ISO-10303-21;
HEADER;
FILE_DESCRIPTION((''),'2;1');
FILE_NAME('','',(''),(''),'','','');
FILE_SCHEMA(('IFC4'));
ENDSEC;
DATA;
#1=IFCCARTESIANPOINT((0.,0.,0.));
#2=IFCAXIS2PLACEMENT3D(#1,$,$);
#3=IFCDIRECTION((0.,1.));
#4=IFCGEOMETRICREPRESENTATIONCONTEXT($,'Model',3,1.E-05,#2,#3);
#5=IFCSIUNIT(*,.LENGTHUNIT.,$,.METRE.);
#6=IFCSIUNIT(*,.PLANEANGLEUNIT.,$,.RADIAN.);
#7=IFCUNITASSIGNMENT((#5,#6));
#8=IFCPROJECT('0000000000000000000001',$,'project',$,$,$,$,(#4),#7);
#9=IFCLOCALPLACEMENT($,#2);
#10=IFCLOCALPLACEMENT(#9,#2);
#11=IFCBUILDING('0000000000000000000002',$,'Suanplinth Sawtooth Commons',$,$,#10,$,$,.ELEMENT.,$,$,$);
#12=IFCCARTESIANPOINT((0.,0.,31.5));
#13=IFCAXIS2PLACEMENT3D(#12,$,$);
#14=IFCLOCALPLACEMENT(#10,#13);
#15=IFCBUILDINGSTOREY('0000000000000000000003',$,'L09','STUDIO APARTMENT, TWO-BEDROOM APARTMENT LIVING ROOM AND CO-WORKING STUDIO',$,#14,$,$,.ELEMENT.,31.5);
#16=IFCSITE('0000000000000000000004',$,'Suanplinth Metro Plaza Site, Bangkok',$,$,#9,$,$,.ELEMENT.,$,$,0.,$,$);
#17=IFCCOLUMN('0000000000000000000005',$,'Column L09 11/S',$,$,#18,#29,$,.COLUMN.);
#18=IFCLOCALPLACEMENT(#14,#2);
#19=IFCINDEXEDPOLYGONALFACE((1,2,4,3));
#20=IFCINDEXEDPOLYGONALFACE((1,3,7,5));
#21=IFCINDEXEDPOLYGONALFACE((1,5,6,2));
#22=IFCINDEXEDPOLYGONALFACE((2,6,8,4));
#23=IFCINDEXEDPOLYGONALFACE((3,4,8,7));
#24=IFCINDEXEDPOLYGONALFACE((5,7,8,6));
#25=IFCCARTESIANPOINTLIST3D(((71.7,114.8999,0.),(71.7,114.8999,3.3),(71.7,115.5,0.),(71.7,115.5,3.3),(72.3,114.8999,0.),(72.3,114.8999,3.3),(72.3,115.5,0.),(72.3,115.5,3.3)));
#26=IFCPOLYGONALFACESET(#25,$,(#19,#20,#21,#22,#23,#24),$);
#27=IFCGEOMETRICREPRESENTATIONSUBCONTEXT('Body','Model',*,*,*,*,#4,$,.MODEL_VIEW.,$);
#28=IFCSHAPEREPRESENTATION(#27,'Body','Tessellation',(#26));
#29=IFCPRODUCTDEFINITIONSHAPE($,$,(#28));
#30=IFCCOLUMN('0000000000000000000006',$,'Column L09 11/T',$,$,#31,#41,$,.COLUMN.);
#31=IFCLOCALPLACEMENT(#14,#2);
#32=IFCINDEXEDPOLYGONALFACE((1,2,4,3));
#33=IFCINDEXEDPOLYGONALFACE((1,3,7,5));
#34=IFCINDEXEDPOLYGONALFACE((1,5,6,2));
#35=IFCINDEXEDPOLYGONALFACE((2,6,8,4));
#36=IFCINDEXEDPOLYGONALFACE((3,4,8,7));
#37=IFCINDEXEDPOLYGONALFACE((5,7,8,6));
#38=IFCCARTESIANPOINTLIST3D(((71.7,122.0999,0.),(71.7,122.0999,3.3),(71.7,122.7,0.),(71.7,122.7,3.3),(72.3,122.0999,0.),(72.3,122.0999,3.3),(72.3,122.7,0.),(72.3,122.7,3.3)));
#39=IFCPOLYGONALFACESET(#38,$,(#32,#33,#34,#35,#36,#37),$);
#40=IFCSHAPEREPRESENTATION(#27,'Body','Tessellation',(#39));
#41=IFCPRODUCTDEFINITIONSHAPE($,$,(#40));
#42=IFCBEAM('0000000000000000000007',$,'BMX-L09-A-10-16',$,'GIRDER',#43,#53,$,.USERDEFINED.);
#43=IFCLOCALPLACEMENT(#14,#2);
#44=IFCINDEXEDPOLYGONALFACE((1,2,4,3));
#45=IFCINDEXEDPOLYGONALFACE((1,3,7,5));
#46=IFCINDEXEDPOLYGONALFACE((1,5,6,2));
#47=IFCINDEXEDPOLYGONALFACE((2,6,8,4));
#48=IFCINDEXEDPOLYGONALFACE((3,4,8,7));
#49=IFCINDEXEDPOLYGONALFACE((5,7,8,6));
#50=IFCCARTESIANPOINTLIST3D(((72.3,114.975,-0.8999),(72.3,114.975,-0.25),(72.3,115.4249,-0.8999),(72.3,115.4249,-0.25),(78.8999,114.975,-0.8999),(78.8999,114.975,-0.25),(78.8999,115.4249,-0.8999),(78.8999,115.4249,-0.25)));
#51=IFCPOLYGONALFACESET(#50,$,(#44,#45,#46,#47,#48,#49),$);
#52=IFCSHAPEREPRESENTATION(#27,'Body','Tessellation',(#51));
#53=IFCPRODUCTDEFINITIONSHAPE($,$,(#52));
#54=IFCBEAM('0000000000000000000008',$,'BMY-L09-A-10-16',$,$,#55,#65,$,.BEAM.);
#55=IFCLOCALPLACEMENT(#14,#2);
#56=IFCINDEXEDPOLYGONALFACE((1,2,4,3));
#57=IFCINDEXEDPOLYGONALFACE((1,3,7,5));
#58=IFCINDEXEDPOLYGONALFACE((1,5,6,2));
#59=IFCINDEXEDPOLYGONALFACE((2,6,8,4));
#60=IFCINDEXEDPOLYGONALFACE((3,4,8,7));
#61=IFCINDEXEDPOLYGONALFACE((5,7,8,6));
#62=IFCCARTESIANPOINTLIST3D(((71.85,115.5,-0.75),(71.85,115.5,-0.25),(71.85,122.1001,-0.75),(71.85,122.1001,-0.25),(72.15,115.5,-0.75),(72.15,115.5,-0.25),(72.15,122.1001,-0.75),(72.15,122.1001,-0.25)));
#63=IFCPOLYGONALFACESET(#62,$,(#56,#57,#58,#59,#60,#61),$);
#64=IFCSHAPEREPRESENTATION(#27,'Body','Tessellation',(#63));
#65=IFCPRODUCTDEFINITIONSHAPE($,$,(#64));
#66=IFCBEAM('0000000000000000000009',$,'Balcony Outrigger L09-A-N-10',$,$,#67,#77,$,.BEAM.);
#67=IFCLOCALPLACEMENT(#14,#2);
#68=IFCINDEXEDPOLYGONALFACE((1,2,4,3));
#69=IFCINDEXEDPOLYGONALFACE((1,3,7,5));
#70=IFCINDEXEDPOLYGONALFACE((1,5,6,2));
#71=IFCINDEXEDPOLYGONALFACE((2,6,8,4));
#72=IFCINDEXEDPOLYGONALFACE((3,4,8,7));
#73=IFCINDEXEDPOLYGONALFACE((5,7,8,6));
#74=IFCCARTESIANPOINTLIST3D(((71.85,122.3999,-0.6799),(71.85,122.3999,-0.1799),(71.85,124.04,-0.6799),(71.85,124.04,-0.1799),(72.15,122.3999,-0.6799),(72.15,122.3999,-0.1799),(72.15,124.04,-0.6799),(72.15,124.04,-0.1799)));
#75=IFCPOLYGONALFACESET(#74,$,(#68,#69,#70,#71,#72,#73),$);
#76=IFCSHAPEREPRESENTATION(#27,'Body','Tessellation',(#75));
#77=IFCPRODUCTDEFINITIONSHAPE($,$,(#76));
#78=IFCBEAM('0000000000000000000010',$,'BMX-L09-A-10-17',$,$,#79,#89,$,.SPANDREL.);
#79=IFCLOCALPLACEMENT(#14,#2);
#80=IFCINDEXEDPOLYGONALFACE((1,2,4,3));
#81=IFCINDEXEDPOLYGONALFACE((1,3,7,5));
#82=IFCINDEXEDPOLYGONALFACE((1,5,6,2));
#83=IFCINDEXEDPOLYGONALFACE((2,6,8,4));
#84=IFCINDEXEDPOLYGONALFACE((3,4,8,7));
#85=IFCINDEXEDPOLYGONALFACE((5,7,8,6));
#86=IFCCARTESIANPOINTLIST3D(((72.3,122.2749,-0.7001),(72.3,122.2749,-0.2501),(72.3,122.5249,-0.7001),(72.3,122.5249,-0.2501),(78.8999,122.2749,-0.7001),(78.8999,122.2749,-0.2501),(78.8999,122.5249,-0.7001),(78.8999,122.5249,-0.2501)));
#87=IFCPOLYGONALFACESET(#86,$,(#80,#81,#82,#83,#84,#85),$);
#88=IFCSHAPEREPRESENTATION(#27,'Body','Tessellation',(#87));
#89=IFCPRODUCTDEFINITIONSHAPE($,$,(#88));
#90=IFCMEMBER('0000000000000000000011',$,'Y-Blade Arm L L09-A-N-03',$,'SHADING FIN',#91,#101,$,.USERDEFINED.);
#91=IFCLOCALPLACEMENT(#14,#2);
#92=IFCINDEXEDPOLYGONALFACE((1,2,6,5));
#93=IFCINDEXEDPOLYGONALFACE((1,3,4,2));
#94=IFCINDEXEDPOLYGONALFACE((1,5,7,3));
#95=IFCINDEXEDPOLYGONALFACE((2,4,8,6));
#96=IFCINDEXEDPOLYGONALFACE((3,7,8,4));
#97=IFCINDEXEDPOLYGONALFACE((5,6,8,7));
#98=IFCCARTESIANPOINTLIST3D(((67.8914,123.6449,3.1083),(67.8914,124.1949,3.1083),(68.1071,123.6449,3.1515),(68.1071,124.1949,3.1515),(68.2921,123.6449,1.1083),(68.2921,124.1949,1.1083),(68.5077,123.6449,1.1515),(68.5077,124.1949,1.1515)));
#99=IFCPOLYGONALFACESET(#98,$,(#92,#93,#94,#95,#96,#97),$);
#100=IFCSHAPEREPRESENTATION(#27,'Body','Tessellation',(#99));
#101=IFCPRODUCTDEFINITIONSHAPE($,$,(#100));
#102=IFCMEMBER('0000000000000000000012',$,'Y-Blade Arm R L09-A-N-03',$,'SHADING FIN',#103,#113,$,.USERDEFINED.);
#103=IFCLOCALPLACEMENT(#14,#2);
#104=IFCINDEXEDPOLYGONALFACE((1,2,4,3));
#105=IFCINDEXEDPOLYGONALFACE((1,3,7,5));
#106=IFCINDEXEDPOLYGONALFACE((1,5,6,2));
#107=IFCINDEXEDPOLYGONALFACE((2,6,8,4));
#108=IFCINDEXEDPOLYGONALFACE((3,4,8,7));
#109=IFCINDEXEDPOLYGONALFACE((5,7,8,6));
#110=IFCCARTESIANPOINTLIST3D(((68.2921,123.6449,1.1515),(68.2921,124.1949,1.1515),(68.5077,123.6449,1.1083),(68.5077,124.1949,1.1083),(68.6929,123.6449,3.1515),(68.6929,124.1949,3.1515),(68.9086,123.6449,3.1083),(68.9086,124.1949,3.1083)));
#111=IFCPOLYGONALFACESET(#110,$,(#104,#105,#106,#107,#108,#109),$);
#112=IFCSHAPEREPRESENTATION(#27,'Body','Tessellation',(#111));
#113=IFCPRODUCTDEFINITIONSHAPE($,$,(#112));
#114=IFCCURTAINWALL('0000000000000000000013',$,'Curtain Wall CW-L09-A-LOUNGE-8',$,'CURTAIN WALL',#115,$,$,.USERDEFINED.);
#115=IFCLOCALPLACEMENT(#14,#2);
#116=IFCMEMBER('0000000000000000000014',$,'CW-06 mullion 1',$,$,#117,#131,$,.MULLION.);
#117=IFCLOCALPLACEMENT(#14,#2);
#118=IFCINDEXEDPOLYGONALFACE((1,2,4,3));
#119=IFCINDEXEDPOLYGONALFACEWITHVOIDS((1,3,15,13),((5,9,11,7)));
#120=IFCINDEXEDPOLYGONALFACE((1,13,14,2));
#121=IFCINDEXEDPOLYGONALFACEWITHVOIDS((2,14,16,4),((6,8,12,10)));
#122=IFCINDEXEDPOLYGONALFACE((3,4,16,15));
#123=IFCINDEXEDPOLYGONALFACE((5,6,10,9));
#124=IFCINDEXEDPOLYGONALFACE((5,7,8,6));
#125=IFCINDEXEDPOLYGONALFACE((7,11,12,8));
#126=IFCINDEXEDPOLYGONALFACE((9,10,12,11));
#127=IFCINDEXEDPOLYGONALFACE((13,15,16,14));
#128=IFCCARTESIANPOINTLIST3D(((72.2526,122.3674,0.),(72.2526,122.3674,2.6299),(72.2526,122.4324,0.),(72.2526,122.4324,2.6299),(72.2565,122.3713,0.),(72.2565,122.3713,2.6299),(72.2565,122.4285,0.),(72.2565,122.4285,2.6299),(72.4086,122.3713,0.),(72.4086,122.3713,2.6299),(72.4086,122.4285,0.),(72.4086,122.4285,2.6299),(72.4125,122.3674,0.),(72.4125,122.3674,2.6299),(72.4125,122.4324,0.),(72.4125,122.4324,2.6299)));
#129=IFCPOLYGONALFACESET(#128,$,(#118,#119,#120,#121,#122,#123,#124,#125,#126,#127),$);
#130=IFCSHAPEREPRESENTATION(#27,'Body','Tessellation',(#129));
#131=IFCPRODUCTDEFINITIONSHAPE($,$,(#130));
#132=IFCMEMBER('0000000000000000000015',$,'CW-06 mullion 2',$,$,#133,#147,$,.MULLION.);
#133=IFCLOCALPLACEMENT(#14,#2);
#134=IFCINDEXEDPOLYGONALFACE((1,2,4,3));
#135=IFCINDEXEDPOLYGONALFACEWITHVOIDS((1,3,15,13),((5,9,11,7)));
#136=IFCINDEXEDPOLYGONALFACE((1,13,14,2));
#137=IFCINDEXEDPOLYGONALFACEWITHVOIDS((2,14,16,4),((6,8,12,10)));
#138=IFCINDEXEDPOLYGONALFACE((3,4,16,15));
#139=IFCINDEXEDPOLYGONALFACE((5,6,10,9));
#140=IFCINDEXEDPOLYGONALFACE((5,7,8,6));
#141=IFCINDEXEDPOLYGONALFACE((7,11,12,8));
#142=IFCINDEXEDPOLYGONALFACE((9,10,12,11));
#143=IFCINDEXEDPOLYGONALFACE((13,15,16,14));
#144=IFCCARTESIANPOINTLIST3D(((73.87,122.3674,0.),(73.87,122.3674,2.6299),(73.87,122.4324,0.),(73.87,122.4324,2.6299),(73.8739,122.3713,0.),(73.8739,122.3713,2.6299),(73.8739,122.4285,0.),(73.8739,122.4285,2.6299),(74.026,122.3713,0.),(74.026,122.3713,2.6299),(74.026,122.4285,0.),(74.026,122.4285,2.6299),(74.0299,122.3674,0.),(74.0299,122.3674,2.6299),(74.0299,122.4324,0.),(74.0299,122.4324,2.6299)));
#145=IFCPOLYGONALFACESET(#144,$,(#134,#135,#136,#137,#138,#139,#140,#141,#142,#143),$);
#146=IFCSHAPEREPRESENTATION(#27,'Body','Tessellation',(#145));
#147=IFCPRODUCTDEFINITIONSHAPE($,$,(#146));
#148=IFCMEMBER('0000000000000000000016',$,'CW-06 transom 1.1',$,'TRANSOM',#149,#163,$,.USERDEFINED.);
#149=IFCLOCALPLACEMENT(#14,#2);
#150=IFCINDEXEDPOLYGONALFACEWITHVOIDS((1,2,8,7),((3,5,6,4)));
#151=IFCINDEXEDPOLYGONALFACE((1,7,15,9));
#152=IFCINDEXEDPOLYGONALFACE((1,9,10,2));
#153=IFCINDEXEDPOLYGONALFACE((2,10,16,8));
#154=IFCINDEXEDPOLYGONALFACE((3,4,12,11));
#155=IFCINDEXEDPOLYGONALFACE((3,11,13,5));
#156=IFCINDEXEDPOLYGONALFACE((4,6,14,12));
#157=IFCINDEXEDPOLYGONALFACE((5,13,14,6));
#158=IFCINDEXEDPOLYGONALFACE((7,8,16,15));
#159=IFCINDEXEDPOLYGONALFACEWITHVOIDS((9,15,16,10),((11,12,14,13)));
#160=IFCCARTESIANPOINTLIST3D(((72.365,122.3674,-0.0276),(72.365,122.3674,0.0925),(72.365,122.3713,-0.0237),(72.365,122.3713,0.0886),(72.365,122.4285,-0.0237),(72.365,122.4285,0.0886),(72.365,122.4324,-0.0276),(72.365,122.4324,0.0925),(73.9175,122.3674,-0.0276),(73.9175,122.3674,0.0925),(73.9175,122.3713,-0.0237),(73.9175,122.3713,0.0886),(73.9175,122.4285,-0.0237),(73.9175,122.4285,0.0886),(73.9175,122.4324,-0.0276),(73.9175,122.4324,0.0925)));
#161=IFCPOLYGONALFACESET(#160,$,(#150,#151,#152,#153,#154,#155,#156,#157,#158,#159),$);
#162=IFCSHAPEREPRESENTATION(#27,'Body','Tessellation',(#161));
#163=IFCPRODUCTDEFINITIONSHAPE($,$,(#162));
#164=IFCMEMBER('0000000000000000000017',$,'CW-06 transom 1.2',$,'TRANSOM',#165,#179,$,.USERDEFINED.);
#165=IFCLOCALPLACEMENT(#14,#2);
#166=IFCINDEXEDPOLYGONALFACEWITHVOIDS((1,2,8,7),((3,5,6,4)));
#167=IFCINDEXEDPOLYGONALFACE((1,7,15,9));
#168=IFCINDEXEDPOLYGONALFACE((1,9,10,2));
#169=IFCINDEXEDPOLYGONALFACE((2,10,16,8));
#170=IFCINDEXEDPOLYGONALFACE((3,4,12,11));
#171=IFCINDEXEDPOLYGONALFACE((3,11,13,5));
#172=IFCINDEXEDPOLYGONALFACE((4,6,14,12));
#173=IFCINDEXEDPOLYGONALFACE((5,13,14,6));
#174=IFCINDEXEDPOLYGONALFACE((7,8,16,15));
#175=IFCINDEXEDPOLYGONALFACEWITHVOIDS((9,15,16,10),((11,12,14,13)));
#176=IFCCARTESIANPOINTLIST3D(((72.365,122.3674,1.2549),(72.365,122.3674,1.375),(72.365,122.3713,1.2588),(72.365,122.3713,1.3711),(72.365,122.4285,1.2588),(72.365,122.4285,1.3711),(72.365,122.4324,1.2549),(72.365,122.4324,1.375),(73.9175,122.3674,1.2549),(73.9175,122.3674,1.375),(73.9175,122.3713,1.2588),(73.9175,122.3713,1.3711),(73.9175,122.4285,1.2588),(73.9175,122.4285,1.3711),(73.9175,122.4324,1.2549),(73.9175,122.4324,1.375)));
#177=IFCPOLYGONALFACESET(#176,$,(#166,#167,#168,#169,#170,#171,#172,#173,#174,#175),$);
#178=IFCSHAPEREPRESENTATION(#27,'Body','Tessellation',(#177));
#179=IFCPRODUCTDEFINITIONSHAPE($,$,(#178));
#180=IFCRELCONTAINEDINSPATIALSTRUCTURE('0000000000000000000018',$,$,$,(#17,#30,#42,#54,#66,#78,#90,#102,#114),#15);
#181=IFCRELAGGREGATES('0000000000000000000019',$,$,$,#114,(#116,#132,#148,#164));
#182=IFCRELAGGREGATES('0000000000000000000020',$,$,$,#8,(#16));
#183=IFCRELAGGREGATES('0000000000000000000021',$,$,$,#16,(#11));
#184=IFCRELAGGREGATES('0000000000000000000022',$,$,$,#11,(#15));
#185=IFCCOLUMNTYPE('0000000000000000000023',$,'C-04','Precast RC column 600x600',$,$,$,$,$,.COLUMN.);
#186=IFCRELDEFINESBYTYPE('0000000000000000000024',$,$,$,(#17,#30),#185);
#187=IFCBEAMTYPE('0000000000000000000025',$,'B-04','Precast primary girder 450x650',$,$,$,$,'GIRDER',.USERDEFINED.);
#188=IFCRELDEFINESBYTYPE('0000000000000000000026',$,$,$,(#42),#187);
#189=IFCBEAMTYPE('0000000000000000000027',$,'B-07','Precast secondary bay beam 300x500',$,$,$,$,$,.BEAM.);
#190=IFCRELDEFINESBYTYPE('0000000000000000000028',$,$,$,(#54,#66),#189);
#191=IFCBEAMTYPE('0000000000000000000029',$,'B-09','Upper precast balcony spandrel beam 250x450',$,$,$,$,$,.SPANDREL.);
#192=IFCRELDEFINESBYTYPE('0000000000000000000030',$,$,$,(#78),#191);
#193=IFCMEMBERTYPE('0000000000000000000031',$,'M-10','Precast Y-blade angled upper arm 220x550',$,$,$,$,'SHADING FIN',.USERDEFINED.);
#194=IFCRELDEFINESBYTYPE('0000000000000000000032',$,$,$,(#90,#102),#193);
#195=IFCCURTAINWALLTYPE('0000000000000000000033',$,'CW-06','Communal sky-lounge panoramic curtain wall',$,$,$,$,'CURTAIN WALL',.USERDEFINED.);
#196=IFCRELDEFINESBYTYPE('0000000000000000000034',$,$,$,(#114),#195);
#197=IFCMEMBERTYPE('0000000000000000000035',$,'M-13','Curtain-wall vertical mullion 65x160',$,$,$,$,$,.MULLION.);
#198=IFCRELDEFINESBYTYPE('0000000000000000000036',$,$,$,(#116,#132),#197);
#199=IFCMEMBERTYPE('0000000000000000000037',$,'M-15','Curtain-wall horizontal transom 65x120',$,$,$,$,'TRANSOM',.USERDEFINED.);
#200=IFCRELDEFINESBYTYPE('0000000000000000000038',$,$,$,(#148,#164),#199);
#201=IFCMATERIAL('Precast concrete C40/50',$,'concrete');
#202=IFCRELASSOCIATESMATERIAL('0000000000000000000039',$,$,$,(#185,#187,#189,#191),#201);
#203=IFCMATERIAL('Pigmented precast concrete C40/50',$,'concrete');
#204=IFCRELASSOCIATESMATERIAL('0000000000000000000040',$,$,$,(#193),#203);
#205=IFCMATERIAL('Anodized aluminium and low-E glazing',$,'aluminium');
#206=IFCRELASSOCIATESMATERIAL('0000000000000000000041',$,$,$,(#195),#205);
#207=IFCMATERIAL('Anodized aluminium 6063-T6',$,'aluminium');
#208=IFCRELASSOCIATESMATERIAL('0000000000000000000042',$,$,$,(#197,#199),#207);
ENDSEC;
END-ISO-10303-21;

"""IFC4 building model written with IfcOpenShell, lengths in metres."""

from ifc_helpers import new_model, si_unit, direction, frame, origin, origin_2d, place, context, subcontext, project, spatial, rectangle, hollow_rectangle, extrude, material, material_profile, profile_set, type_object, element, aggregate, save


model = new_model("IFC4")

# Units and contexts
model_context = context("Model", 3, precision=1e-05, world=origin(), true_north=direction((0.0, 1.0)))
body_context = subcontext(model_context, "Body", "Model", "MODEL_VIEW")
ifc_project = project(units=[si_unit("LENGTHUNIT", "METRE"), si_unit("PLANEANGLEUNIT", "RADIAN")], contexts=[model_context])

# Site, building, storey
site_placement = place(None, origin())
site = spatial("IfcSite", under=ifc_project, at=site_placement, Name="Suanplinth Metro Plaza Site, Bangkok", CompositionType="ELEMENT", RefElevation=0.0)
building_placement = place(site_placement, origin())
building = spatial("IfcBuilding", under=site, at=building_placement, Name="Suanplinth Sawtooth Commons", CompositionType="ELEMENT")
storey_placement = place(building_placement, frame((0.0, 0.0, 31.5)))
storey = spatial("IfcBuildingStorey", under=building, at=storey_placement, Name="L09", Description="STUDIO APARTMENT, TWO-BEDROOM APARTMENT LIVING ROOM AND CO-WORKING STUDIO", CompositionType="ELEMENT", Elevation=31.5)

# Columns
ifc_material_1 = material(Name="Precast concrete C40/50", Category="concrete")
ifc_material_profile_1 = material_profile(ifc_material_1, rectangle(XDim=0.6001, YDim=0.6001, at=origin_2d()), Name="PC-COL 600x600")
ifc_profile_set_1 = profile_set([ifc_material_profile_1], Name="Precast concrete C40/50")
column_type = type_object("IfcColumnType", Name="C-04", Description="Precast RC column 600x600", PredefinedType="COLUMN", material=ifc_profile_set_1)
for number, where, z_axis, x_axis, name in (
    (1, (72.0, 115.2, 0.0), (0.0, 0.0, 1.0), (1.0, 0.0, 0.0), "Column L09 11/S"),
    (2, (72.0, 122.3999, 0.0), (0.0, 0.0, 1.0), (1.0, 0.0, 0.0), "Column L09 11/T"),
):
    element("IfcColumn", number, at=place(storey_placement, frame(where, z_axis=z_axis, x_axis=x_axis)), inside=storey, type_object=column_type, Name=name, PredefinedType="COLUMN", context=body_context, shape_type="SweptSolid", body=[
        extrude(rectangle(XDim=0.6001, YDim=0.6001, at=origin_2d()), origin(), (0.0, 0.0, 1.0), 3.3),
    ])

# Beams
ifc_material_profile_2 = material_profile(ifc_material_1, rectangle(XDim=0.45, YDim=0.6499, at=origin_2d()), Name="PC-GDR 450x650")
ifc_profile_set_2 = profile_set([ifc_material_profile_2], Name="Precast concrete C40/50")
beam_type_1 = type_object("IfcBeamType", Name="B-04", Description="Precast primary girder 450x650", ElementType="GIRDER", PredefinedType="USERDEFINED", material=ifc_profile_set_2)
beam_1_placement = place(storey_placement, frame((72.3, 115.2, -0.575), z_axis=(1.0, 0.0, 0.0), x_axis=(0.0, 1.0, 0.0)))
element("IfcBeam", 3, at=beam_1_placement, inside=storey, type_object=beam_type_1, Name="BMX-L09-A-10-16", ObjectType="GIRDER", PredefinedType="USERDEFINED", context=body_context, shape_type="SweptSolid", body=[
    extrude(rectangle(XDim=0.45, YDim=0.6499, at=origin_2d()), origin(), (0.0, 0.0, 1.0), 6.5999),
])
ifc_material_profile_3 = material_profile(ifc_material_1, rectangle(XDim=0.3, YDim=0.5, at=origin_2d()), Name="PC-BM 300x500")
ifc_profile_set_3 = profile_set([ifc_material_profile_3], Name="Precast concrete C40/50")
beam_type_2 = type_object("IfcBeamType", Name="B-07", Description="Precast secondary bay beam 300x500", PredefinedType="BEAM", material=ifc_profile_set_3)
beam_2_placement = place(storey_placement, frame((72.0, 115.5, -0.5), z_axis=(0.0, 1.0, 0.0), x_axis=(-1.0, 0.0, 0.0)))
element("IfcBeam", 4, at=beam_2_placement, inside=storey, type_object=beam_type_2, Name="BMY-L09-A-10-16", PredefinedType="BEAM", context=body_context, shape_type="SweptSolid", body=[
    extrude(rectangle(XDim=0.3, YDim=0.5, at=origin_2d()), origin(), (0.0, 0.0, 1.0), 6.6001),
])
beam_3_placement = place(storey_placement, frame((72.0, 122.3999, -0.4299), z_axis=(0.0, 1.0, 0.0), x_axis=(-1.0, 0.0, 0.0)))
element("IfcBeam", 5, at=beam_3_placement, inside=storey, type_object=beam_type_2, Name="Balcony Outrigger L09-A-N-10", PredefinedType="BEAM", context=body_context, shape_type="SweptSolid", body=[
    extrude(rectangle(XDim=0.3, YDim=0.5, at=origin_2d()), origin(), (0.0, 0.0, 1.0), 1.6401),
])
ifc_material_profile_4 = material_profile(ifc_material_1, rectangle(XDim=0.25, YDim=0.45, at=origin_2d()), Name="PC-SP 250x450")
ifc_profile_set_4 = profile_set([ifc_material_profile_4], Name="Precast concrete C40/50")
beam_type_3 = type_object("IfcBeamType", Name="B-09", Description="Upper precast balcony spandrel beam 250x450", PredefinedType="SPANDREL", material=ifc_profile_set_4)
beam_4_placement = place(storey_placement, frame((72.3, 122.3999, -0.4751), z_axis=(1.0, 0.0, 0.0), x_axis=(0.0, 1.0, 0.0)))
element("IfcBeam", 6, at=beam_4_placement, inside=storey, type_object=beam_type_3, Name="BMX-L09-A-10-17", PredefinedType="SPANDREL", context=body_context, shape_type="SweptSolid", body=[
    extrude(rectangle(XDim=0.25, YDim=0.45, at=origin_2d()), origin(), (0.0, 0.0, 1.0), 6.5999),
])

# Members
ifc_material_2 = material(Name="Pigmented precast concrete C40/50", Category="concrete")
ifc_material_profile_5 = material_profile(ifc_material_2, rectangle(XDim=0.22, YDim=0.55, at=origin_2d()), Name="PC-FIN 220x550")
ifc_profile_set_5 = profile_set([ifc_material_profile_5], Name="Pigmented precast concrete C40/50")
member_type_1 = type_object("IfcMemberType", Name="M-10", Description="Precast Y-blade angled upper arm 220x550", ElementType="SHADING FIN", PredefinedType="USERDEFINED", material=ifc_profile_set_5)
for number, where, z_axis, x_axis, name in (
    (7, (68.3999, 123.9199, 1.1299), (-0.196415, 0.0, 0.980521), (0.980521, 0.0, 0.196415), "Y-Blade Arm L L09-A-N-03"),
    (8, (68.3999, 123.9199, 1.1299), (0.19653, 0.0, 0.980498), (-0.980498, 0.0, 0.19653), "Y-Blade Arm R L09-A-N-03"),
):
    element("IfcMember", number, at=place(storey_placement, frame(where, z_axis=z_axis, x_axis=x_axis)), inside=storey, type_object=member_type_1, Name=name, ObjectType="SHADING FIN", PredefinedType="USERDEFINED", context=body_context, shape_type="SweptSolid", body=[
        extrude(rectangle(XDim=0.22, YDim=0.55, at=origin_2d()), origin(), (0.0, 0.0, 1.0), 2.0398),
    ])

# Curtain wall, members
ifc_material_3 = material(Name="Anodized aluminium and low-E glazing", Category="aluminium")
curtain_wall_type = type_object("IfcCurtainWallType", Name="CW-06", Description="Communal sky-lounge panoramic curtain wall", ElementType="CURTAIN WALL", PredefinedType="USERDEFINED", material=ifc_material_3)
curtain_wall_placement = place(storey_placement, origin())
curtain_wall = element("IfcCurtainWall", 9, at=curtain_wall_placement, inside=storey, type_object=curtain_wall_type, Name="Curtain Wall CW-L09-A-LOUNGE-8", ObjectType="CURTAIN WALL", PredefinedType="USERDEFINED")
ifc_material_4 = material(Name="Anodized aluminium 6063-T6", Category="aluminium")
ifc_material_profile_6 = material_profile(ifc_material_4, hollow_rectangle(XDim=0.0649, YDim=0.1599, WallThickness=0.0039, at=origin_2d()), Name="ALU-MUL 65x160")
ifc_profile_set_6 = profile_set([ifc_material_profile_6], Name="Anodized aluminium 6063-T6")
member_type_2 = type_object("IfcMemberType", Name="M-13", Description="Curtain-wall vertical mullion 65x160", PredefinedType="MULLION", material=ifc_profile_set_6)
member_1_placement = place(storey_placement, frame((72.3325, 122.3999, 0.0), z_axis=(0.0, 0.0, 1.0), x_axis=(0.0, 1.0, 0.0)))
member_1 = element("IfcMember", 10, at=member_1_placement, type_object=member_type_2, Name="CW-06 mullion 1", PredefinedType="MULLION", context=body_context, shape_type="SweptSolid", body=[
    extrude(hollow_rectangle(XDim=0.0649, YDim=0.1599, WallThickness=0.0039, at=origin_2d()), origin(), (0.0, 0.0, 1.0), 2.6299),
])
member_2_placement = place(storey_placement, frame((73.95, 122.3999, 0.0), z_axis=(0.0, 0.0, 1.0), x_axis=(0.0, 1.0, 0.0)))
member_2 = element("IfcMember", 11, at=member_2_placement, type_object=member_type_2, Name="CW-06 mullion 2", PredefinedType="MULLION", context=body_context, shape_type="SweptSolid", body=[
    extrude(hollow_rectangle(XDim=0.0649, YDim=0.1599, WallThickness=0.0039, at=origin_2d()), origin(), (0.0, 0.0, 1.0), 2.6299),
])
ifc_material_profile_7 = material_profile(ifc_material_4, hollow_rectangle(XDim=0.0649, YDim=0.1201, WallThickness=0.0039, at=origin_2d()), Name="ALU-TRN 65x120")
ifc_profile_set_7 = profile_set([ifc_material_profile_7], Name="Anodized aluminium 6063-T6")
member_type_3 = type_object("IfcMemberType", Name="M-15", Description="Curtain-wall horizontal transom 65x120", ElementType="TRANSOM", PredefinedType="USERDEFINED", material=ifc_profile_set_7)
member_3_placement = place(storey_placement, frame((72.365, 122.3999, 0.0325), z_axis=(1.0, 0.0, 0.0), x_axis=(0.0, 1.0, 0.0)))
member_3 = element("IfcMember", 12, at=member_3_placement, type_object=member_type_3, Name="CW-06 transom 1.1", ObjectType="TRANSOM", PredefinedType="USERDEFINED", context=body_context, shape_type="SweptSolid", body=[
    extrude(hollow_rectangle(XDim=0.0649, YDim=0.1201, WallThickness=0.0039, at=origin_2d()), origin(), (0.0, 0.0, 1.0), 1.5525),
])
member_4_placement = place(storey_placement, frame((72.365, 122.3999, 1.3149), z_axis=(1.0, 0.0, 0.0), x_axis=(0.0, 1.0, 0.0)))
member_4 = element("IfcMember", 13, at=member_4_placement, type_object=member_type_3, Name="CW-06 transom 1.2", ObjectType="TRANSOM", PredefinedType="USERDEFINED", context=body_context, shape_type="SweptSolid", body=[
    extrude(hollow_rectangle(XDim=0.0649, YDim=0.1201, WallThickness=0.0039, at=origin_2d()), origin(), (0.0, 0.0, 1.0), 1.5525),
])
aggregate(curtain_wall, [member_1, member_2, member_3, member_4])

save(model, "model.ifc")
